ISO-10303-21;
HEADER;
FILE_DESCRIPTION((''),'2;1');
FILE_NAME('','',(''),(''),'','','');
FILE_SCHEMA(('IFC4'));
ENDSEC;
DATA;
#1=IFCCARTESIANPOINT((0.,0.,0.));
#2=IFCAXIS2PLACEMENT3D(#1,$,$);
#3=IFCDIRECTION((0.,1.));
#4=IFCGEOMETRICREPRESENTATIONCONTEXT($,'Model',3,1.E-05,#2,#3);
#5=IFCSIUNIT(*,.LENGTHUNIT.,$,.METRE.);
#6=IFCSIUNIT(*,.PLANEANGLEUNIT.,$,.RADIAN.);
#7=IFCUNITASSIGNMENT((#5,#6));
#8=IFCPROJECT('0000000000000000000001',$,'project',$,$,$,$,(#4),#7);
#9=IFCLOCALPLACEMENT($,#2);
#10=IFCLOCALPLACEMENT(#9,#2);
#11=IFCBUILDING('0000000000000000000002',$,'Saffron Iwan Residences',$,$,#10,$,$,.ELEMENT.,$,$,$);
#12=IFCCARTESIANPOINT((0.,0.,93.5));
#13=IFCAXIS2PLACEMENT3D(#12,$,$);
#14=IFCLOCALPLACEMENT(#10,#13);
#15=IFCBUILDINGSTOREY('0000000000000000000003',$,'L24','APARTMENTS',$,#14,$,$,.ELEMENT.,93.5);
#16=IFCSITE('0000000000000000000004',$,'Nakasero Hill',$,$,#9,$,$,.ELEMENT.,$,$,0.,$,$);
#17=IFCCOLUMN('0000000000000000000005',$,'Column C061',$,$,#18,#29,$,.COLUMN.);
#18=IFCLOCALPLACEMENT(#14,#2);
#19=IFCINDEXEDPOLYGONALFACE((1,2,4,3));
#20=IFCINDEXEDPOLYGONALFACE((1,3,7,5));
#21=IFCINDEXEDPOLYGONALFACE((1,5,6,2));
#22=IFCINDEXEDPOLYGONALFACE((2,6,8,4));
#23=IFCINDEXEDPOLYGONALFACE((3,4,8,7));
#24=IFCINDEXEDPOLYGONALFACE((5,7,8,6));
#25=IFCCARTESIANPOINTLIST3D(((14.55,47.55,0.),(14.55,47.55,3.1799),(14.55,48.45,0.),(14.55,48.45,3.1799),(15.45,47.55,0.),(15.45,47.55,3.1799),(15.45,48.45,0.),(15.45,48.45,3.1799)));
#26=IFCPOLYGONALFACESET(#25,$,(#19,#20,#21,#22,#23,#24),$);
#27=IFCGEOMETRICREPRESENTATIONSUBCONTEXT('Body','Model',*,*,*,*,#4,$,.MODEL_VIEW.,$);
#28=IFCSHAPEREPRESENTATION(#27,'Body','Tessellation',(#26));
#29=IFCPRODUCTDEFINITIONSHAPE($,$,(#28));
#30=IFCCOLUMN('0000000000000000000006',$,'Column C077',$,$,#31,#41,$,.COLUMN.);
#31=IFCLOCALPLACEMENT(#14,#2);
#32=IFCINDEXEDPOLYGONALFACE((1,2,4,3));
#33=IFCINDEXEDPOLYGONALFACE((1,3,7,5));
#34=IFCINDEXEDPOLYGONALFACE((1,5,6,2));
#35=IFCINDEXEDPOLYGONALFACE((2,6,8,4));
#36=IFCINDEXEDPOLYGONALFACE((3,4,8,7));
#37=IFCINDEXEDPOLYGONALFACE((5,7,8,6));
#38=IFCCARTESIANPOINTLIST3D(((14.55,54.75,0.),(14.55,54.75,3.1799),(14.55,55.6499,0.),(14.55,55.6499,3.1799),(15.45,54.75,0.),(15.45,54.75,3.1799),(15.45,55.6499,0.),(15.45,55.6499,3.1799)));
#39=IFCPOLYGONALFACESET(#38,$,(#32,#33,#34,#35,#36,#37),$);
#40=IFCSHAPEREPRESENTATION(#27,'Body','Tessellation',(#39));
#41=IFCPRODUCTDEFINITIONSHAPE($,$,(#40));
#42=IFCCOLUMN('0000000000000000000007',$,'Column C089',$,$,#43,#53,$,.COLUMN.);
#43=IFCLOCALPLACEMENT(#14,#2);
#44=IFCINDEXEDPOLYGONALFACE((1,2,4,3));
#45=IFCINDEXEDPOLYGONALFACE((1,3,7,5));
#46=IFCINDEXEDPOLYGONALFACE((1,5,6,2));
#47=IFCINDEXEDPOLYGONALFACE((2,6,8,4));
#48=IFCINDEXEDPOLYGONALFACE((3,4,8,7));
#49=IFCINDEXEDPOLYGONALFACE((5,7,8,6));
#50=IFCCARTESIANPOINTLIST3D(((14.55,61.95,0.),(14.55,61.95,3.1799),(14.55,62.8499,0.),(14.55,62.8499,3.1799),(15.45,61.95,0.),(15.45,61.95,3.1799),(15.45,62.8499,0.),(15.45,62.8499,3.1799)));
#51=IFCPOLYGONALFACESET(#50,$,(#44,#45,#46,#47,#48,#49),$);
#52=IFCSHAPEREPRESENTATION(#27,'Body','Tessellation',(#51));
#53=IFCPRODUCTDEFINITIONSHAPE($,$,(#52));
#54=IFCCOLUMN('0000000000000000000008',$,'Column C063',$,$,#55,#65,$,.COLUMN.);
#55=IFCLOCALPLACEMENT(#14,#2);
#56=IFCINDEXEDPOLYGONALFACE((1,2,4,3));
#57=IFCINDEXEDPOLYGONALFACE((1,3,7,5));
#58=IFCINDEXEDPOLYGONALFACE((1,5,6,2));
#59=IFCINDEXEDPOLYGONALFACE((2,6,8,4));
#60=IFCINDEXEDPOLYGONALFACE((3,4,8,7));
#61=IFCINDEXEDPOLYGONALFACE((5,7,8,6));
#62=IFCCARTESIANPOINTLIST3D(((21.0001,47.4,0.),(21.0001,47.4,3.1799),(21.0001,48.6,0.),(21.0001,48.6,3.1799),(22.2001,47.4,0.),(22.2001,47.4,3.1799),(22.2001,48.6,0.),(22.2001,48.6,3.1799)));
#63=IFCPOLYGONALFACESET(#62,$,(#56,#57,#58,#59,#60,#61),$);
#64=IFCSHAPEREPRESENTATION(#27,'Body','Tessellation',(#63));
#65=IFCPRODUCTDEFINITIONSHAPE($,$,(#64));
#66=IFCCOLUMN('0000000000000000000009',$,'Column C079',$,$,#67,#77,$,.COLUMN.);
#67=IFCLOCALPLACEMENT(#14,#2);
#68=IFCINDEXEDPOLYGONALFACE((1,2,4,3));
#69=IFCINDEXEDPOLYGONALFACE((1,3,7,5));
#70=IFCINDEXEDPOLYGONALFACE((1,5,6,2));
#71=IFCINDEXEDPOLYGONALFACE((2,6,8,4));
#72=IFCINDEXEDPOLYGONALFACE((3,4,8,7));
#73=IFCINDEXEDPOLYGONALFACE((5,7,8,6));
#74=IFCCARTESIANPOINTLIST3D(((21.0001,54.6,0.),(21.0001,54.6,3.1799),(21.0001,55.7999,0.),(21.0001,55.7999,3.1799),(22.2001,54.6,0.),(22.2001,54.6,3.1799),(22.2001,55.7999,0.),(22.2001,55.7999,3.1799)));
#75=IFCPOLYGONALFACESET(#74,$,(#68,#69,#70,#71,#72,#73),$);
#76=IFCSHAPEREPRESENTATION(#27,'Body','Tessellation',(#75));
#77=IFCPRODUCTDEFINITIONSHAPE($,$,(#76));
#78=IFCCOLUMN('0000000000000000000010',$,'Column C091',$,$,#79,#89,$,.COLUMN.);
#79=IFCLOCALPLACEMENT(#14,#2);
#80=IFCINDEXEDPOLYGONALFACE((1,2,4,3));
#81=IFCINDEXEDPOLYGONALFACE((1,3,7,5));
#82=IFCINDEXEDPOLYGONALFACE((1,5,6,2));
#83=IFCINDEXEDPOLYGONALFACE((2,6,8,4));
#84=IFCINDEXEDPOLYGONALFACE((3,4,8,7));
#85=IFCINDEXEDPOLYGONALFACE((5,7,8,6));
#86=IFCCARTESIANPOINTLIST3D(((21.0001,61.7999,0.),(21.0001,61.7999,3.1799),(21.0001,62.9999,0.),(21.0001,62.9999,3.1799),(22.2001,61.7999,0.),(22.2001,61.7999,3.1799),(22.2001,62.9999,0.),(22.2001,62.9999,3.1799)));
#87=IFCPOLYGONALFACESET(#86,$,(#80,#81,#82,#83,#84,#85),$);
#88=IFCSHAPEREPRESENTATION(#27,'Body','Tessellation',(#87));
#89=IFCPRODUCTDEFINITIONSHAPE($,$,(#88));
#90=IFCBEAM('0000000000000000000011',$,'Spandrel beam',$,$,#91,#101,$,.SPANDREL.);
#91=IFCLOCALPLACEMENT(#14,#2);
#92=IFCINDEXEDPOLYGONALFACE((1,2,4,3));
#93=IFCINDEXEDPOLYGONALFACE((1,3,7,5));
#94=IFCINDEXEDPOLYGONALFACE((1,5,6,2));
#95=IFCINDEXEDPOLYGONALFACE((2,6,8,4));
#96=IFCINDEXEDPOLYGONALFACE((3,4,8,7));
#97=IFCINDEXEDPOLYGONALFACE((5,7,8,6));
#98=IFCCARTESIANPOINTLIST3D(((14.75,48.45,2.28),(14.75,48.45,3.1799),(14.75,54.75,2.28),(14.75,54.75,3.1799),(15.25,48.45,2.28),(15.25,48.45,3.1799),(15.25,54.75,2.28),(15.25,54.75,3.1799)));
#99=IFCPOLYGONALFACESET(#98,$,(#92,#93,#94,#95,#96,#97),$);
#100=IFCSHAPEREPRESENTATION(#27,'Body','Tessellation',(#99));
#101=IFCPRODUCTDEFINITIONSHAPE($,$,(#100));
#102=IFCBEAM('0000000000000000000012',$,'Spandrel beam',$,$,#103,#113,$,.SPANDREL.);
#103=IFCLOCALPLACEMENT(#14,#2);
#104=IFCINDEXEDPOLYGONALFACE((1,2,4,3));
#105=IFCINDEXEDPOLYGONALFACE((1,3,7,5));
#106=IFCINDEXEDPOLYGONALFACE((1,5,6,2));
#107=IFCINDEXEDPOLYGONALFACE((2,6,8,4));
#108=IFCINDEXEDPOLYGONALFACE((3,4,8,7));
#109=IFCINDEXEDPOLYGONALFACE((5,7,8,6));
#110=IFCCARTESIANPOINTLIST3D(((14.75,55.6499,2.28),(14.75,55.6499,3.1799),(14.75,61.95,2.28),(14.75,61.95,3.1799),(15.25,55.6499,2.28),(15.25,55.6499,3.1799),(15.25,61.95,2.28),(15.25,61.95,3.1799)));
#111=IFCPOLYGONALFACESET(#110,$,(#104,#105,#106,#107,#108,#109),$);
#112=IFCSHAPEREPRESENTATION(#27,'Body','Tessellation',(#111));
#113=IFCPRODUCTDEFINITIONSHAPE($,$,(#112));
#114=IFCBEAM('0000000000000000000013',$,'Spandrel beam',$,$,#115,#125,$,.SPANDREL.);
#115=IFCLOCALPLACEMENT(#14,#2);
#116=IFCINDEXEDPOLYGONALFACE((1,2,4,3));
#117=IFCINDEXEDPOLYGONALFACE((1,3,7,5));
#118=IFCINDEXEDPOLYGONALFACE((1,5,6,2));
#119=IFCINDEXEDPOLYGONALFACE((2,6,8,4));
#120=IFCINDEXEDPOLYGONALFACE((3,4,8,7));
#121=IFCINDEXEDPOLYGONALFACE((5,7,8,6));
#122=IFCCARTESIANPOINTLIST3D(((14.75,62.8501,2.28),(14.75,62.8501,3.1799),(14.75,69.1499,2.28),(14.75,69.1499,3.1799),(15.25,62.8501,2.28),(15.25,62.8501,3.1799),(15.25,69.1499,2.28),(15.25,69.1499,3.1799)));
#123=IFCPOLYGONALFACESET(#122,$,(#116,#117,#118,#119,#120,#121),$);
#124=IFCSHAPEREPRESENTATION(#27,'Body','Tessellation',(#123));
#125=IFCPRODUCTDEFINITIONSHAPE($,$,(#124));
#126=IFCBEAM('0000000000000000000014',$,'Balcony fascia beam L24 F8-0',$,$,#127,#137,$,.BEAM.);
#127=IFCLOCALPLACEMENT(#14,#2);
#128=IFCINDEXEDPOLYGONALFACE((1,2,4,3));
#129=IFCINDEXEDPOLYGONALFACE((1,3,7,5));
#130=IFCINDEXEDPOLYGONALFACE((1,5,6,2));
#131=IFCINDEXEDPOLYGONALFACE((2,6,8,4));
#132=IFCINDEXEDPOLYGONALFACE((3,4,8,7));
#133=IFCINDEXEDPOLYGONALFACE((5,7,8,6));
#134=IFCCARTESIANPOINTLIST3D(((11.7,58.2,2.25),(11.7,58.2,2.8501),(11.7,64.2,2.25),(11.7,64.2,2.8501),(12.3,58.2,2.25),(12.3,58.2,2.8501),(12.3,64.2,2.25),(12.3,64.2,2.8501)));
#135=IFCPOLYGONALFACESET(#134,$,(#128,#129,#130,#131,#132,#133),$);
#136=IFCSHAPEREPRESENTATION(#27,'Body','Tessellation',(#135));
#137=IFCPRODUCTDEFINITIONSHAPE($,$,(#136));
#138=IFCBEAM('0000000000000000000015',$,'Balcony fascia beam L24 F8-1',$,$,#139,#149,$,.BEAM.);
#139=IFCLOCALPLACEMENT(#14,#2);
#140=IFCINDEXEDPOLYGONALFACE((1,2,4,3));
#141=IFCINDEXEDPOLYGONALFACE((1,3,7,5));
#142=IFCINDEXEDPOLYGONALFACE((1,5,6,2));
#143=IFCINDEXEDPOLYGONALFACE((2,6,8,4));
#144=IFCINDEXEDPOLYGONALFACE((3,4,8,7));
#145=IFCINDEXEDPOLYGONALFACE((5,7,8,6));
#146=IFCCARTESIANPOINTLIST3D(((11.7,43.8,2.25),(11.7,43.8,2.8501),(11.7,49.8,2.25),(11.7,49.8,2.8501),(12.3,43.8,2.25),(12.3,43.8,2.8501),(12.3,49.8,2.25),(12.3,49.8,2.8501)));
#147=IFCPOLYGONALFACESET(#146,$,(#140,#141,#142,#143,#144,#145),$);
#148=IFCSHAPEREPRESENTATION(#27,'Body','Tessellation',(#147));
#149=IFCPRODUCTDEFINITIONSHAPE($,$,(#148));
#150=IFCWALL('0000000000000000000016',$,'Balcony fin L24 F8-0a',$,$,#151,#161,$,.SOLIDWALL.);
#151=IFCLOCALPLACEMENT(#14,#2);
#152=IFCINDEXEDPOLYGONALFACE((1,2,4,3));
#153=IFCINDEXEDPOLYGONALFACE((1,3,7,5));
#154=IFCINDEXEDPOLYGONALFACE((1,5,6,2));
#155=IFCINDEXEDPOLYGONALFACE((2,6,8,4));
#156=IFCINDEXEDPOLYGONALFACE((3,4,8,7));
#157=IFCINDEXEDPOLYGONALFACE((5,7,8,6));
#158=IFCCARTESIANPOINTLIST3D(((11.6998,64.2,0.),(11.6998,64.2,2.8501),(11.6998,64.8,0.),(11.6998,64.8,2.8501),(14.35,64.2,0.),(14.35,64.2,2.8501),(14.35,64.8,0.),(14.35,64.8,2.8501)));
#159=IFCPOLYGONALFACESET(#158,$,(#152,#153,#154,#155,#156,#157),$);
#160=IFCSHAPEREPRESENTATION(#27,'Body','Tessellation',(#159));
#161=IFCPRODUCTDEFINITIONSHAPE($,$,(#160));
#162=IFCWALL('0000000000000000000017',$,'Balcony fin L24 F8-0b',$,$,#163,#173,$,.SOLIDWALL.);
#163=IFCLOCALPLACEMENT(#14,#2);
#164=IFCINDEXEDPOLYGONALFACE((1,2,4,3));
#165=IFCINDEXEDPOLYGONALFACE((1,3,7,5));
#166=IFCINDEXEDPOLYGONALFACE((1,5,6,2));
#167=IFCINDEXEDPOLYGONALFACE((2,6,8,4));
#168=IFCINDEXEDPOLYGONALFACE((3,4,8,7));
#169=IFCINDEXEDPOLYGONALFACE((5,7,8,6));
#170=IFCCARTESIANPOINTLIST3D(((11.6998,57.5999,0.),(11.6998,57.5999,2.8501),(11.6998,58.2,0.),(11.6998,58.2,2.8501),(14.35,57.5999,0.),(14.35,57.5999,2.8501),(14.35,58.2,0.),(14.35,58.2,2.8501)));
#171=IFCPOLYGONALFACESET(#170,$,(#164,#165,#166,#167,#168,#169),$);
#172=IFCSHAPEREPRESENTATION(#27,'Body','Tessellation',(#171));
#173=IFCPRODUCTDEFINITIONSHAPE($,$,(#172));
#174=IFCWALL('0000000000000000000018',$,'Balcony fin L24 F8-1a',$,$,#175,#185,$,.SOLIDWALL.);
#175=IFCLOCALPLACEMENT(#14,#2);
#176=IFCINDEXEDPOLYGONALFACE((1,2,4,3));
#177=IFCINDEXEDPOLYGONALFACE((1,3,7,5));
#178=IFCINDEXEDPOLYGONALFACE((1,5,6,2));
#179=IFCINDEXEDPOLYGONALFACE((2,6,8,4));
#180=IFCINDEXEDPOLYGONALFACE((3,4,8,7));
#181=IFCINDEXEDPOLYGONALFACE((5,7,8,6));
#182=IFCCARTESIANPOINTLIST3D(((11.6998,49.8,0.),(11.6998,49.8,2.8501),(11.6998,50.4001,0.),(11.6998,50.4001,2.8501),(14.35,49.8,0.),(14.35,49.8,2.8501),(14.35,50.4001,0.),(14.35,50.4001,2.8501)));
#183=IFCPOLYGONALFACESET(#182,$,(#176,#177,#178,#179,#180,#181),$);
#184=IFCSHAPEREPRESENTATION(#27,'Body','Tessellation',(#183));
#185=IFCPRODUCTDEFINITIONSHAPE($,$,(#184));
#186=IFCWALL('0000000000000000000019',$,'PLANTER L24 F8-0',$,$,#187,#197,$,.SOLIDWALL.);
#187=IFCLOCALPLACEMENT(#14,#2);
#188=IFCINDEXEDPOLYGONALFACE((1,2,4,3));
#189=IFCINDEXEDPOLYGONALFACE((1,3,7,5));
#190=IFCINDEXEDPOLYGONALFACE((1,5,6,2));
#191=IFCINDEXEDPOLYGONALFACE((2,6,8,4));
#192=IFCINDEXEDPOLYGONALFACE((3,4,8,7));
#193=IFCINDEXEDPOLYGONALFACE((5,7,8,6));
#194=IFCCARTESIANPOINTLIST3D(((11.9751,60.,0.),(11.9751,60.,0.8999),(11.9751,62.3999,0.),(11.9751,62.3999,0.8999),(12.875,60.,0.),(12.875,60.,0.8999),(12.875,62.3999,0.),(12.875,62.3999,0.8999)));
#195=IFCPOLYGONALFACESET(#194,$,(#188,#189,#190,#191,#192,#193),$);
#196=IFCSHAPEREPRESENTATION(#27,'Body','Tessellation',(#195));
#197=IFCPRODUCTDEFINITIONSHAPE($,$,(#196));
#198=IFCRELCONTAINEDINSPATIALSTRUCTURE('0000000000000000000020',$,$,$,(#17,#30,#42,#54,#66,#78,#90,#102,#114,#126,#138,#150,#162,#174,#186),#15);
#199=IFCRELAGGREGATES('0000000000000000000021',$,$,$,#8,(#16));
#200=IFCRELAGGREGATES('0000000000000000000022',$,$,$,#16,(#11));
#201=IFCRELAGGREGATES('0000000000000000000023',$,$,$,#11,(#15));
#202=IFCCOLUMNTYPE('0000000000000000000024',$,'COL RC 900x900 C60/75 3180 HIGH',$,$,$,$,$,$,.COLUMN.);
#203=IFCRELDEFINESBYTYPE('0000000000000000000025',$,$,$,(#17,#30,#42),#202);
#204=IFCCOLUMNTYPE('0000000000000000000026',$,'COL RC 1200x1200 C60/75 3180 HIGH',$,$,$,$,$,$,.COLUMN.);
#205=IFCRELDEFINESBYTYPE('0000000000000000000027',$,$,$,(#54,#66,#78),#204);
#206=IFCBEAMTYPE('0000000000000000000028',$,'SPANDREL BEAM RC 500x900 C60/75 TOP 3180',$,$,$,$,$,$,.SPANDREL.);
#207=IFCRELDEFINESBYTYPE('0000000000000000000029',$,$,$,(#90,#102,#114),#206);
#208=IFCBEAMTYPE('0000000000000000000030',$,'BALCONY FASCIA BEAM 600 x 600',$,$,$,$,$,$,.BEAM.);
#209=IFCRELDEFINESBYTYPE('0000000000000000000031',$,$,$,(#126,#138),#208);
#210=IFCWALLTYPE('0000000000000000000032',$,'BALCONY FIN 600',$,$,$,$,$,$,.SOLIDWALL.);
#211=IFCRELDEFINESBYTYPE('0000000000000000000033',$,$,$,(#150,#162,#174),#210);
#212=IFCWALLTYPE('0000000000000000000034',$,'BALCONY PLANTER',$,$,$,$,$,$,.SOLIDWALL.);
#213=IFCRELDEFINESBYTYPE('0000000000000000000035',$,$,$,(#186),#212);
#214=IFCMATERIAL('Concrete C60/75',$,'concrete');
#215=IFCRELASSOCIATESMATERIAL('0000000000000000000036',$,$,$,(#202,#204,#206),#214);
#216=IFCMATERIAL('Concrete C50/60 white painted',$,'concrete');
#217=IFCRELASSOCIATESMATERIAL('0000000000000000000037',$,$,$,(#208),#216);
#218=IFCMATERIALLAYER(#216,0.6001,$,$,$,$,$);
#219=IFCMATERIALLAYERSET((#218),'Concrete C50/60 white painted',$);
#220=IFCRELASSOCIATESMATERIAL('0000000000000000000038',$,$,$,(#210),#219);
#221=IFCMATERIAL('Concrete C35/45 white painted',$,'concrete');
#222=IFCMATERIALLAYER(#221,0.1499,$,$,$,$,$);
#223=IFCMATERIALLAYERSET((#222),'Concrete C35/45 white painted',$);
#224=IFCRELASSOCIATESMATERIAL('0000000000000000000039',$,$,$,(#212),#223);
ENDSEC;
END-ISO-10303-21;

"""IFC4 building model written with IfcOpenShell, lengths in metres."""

from ifc_helpers import new_model, si_unit, direction, frame, frame_2d, origin, origin_2d, place, context, subcontext, project, spatial, rectangle, extrude, source, transform, mapped, material, layer, layer_set, material_profile, profile_set, type_object, element, save


model = new_model("IFC4")

# Units and contexts
model_context = context("Model", 3, precision=1e-05, world=origin(), true_north=direction((0.0, 1.0)))
body_context = subcontext(model_context, "Body", "Model", "MODEL_VIEW")
ifc_project = project(units=[si_unit("LENGTHUNIT", "METRE"), si_unit("PLANEANGLEUNIT", "RADIAN")], contexts=[model_context])

# Site, building, storey
site_placement = place(None, origin())
site = spatial("IfcSite", under=ifc_project, at=site_placement, Name="Nakasero Hill", CompositionType="ELEMENT", RefElevation=0.0)
building_placement = place(site_placement, origin())
building = spatial("IfcBuilding", under=site, at=building_placement, Name="Saffron Iwan Residences", CompositionType="ELEMENT")
storey_placement = place(building_placement, frame((0.0, 0.0, 93.5)))
storey = spatial("IfcBuildingStorey", under=building, at=storey_placement, Name="L24", Description="APARTMENTS", CompositionType="ELEMENT", Elevation=93.5)

# Columns
ifc_material_1 = material(Name="Concrete C60/75", Category="concrete")
ifc_material_profile_1 = material_profile(ifc_material_1, rectangle(XDim=0.8999, YDim=0.8999, at=origin_2d()), Name="RC 900x900")
ifc_profile_set_1 = profile_set([ifc_material_profile_1], Name="Concrete C60/75")
column_type_1 = type_object("IfcColumnType", Name="COL RC 900x900 C60/75 3180 HIGH", PredefinedType="COLUMN", material=ifc_profile_set_1)
shared_shape_1 = source(origin(), body_context, "Body", "SweptSolid", [
    extrude(rectangle(XDim=0.8999, YDim=0.8999, at=origin_2d()), origin(), (0.0, 0.0, 1.0), 3.1799),
])
for number, where, z_axis, x_axis, name in (
    (1, (15.0, 48.0, 0.0), (0.0, 0.0, 1.0), (1.0, 0.0, 0.0), "Column C061"),
    (2, (15.0, 55.2, 0.0), (0.0, 0.0, 1.0), (1.0, 0.0, 0.0), "Column C077"),
    (3, (15.0, 62.3999, 0.0), (0.0, 0.0, 1.0), (1.0, 0.0, 0.0), "Column C089"),
):
    element("IfcColumn", number, at=place(storey_placement, frame(where, z_axis=z_axis, x_axis=x_axis)), inside=storey, type_object=column_type_1, Name=name, PredefinedType="COLUMN", context=body_context, shape_type="MappedRepresentation", body=[
        mapped(shared_shape_1, transform((0.0, 0.0, 0.0))),
    ])
ifc_material_profile_2 = material_profile(ifc_material_1, rectangle(XDim=1.2, YDim=1.2, at=origin_2d()), Name="RC 1200x1200")
ifc_profile_set_2 = profile_set([ifc_material_profile_2], Name="Concrete C60/75")
column_type_2 = type_object("IfcColumnType", Name="COL RC 1200x1200 C60/75 3180 HIGH", PredefinedType="COLUMN", material=ifc_profile_set_2)
shared_shape_2 = source(origin(), body_context, "Body", "SweptSolid", [
    extrude(rectangle(XDim=1.2, YDim=1.2, at=origin_2d()), origin(), (0.0, 0.0, 1.0), 3.1799),
])
for number, where, z_axis, x_axis, name in (
    (4, (21.6001, 48.0, 0.0), (0.0, 0.0, 1.0), (1.0, 0.0, 0.0), "Column C063"),
    (5, (21.6001, 55.2, 0.0), (0.0, 0.0, 1.0), (1.0, 0.0, 0.0), "Column C079"),
    (6, (21.6001, 62.3999, 0.0), (0.0, 0.0, 1.0), (1.0, 0.0, 0.0), "Column C091"),
):
    element("IfcColumn", number, at=place(storey_placement, frame(where, z_axis=z_axis, x_axis=x_axis)), inside=storey, type_object=column_type_2, Name=name, PredefinedType="COLUMN", context=body_context, shape_type="MappedRepresentation", body=[
        mapped(shared_shape_2, transform((0.0, 0.0, 0.0))),
    ])

# Beams
ifc_material_profile_3 = material_profile(ifc_material_1, rectangle(XDim=0.5, YDim=0.8999, at=origin_2d()), Name="RC 500x900")
ifc_profile_set_3 = profile_set([ifc_material_profile_3], Name="Concrete C60/75")
beam_type_1 = type_object("IfcBeamType", Name="SPANDREL BEAM RC 500x900 C60/75 TOP 3180", PredefinedType="SPANDREL", material=ifc_profile_set_3)
shared_shape_3 = source(origin(), body_context, "Body", "SweptSolid", [
    extrude(rectangle(XDim=0.5, YDim=0.8999, at=origin_2d()), origin(), (0.0, 0.0, 1.0), 6.3),
])
for number, where, z_axis, x_axis, name in (
    (7, (15.0, 48.45, 2.73), (0.0, 1.0, 0.0), (-1.0, 0.0, 0.0), "Spandrel beam"),
    (8, (15.0, 55.6499, 2.73), (0.0, 1.0, 0.0), (-1.0, 0.0, 0.0), "Spandrel beam"),
):
    element("IfcBeam", number, at=place(storey_placement, frame(where, z_axis=z_axis, x_axis=x_axis)), inside=storey, type_object=beam_type_1, Name=name, PredefinedType="SPANDREL", context=body_context, shape_type="MappedRepresentation", body=[
        mapped(shared_shape_3, transform((0.0, 0.0, 0.0))),
    ])
shared_shape_4 = source(origin(), body_context, "Body", "SweptSolid", [
    extrude(rectangle(XDim=0.5, YDim=0.8999, at=origin_2d()), origin(), (0.0, 0.0, 1.0), 6.2998),
])
beam_placement = place(storey_placement, frame((15.0, 62.8501, 2.73), z_axis=(0.0, 1.0, 0.0), x_axis=(-1.0, 0.0, 0.0)))
element("IfcBeam", 9, at=beam_placement, inside=storey, type_object=beam_type_1, Name="Spandrel beam", PredefinedType="SPANDREL", context=body_context, shape_type="MappedRepresentation", body=[
    mapped(shared_shape_4, transform((0.0, 0.0, 0.0))),
])
ifc_material_2 = material(Name="Concrete C50/60 white painted", Category="concrete")
ifc_material_profile_4 = material_profile(ifc_material_2, rectangle(XDim=0.6001, YDim=0.6001, at=origin_2d()), Name="BALCONY FASCIA BEAM 600 x 600")
ifc_profile_set_4 = profile_set([ifc_material_profile_4], Name="Concrete C50/60 white painted")
beam_type_2 = type_object("IfcBeamType", Name="BALCONY FASCIA BEAM 600 x 600", PredefinedType="BEAM", material=ifc_profile_set_4)
shared_shape_5 = source(origin(), body_context, "Body", "SweptSolid", [
    extrude(rectangle(XDim=0.6001, YDim=0.6001, at=origin_2d()), origin(), (0.0, 0.0, 1.0), 6.0),
])
for number, where, z_axis, x_axis, name in (
    (10, (12.0, 64.2, 2.55), (0.0, -1.0, 0.0), (1.0, 0.0, 0.0), "Balcony fascia beam L24 F8-0"),
    (11, (12.0, 49.8, 2.55), (0.0, -1.0, 0.0), (1.0, 0.0, 0.0), "Balcony fascia beam L24 F8-1"),
):
    element("IfcBeam", number, at=place(storey_placement, frame(where, z_axis=z_axis, x_axis=x_axis)), inside=storey, type_object=beam_type_2, Name=name, PredefinedType="BEAM", context=body_context, shape_type="MappedRepresentation", body=[
        mapped(shared_shape_5, transform((0.0, 0.0, 0.0))),
    ])

# Walls
ifc_layer_1 = layer(ifc_material_2, 0.6001)
ifc_layer_set_1 = layer_set([ifc_layer_1], Name="Concrete C50/60 white painted")
wall_type_1 = type_object("IfcWallType", Name="BALCONY FIN 600", PredefinedType="SOLIDWALL", material=ifc_layer_set_1)
for number, where, z_axis, x_axis, name in (
    (12, (14.3501, 64.5, 0.0), (0.0, 0.0, 1.0), (-1.0, 0.0, 0.0), "Balcony fin L24 F8-0a"),
    (13, (14.3501, 57.8999, 0.0), (0.0, 0.0, 1.0), (-1.0, 0.0, 0.0), "Balcony fin L24 F8-0b"),
    (14, (14.3501, 50.1001, 0.0), (0.0, 0.0, 1.0), (-1.0, 0.0, 0.0), "Balcony fin L24 F8-1a"),
):
    element("IfcWall", number, at=place(storey_placement, frame(where, z_axis=z_axis, x_axis=x_axis)), inside=storey, type_object=wall_type_1, Name=name, PredefinedType="SOLIDWALL", context=body_context, shape_type="SweptSolid", body=[
        extrude(rectangle(XDim=2.6501, YDim=0.6001, at=frame_2d((1.3252, 0.0))), origin(), (0.0, 0.0, 1.0), 2.8501),
    ])
ifc_material_3 = material(Name="Concrete C35/45 white painted", Category="concrete")
ifc_layer_2 = layer(ifc_material_3, 0.1499)
ifc_layer_set_2 = layer_set([ifc_layer_2], Name="Concrete C35/45 white painted")
wall_type_2 = type_object("IfcWallType", Name="BALCONY PLANTER", PredefinedType="SOLIDWALL", material=ifc_layer_set_2)
for number, where, z_axis, x_axis, name in (
    (15, (12.425, 62.3999, 0.0), (0.0, 0.0, 1.0), (0.0, -1.0, 0.0), "PLANTER L24 F8-0"),
):
    element("IfcWall", number, at=place(storey_placement, frame(where, z_axis=z_axis, x_axis=x_axis)), inside=storey, type_object=wall_type_2, Name=name, PredefinedType="SOLIDWALL", context=body_context, shape_type="SweptSolid", body=[
        extrude(rectangle(XDim=2.3999, YDim=0.8999, at=frame_2d((1.2, 0.0))), origin(), (0.0, 0.0, 1.0), 0.8999),
    ])

save(model, "model.ifc")
